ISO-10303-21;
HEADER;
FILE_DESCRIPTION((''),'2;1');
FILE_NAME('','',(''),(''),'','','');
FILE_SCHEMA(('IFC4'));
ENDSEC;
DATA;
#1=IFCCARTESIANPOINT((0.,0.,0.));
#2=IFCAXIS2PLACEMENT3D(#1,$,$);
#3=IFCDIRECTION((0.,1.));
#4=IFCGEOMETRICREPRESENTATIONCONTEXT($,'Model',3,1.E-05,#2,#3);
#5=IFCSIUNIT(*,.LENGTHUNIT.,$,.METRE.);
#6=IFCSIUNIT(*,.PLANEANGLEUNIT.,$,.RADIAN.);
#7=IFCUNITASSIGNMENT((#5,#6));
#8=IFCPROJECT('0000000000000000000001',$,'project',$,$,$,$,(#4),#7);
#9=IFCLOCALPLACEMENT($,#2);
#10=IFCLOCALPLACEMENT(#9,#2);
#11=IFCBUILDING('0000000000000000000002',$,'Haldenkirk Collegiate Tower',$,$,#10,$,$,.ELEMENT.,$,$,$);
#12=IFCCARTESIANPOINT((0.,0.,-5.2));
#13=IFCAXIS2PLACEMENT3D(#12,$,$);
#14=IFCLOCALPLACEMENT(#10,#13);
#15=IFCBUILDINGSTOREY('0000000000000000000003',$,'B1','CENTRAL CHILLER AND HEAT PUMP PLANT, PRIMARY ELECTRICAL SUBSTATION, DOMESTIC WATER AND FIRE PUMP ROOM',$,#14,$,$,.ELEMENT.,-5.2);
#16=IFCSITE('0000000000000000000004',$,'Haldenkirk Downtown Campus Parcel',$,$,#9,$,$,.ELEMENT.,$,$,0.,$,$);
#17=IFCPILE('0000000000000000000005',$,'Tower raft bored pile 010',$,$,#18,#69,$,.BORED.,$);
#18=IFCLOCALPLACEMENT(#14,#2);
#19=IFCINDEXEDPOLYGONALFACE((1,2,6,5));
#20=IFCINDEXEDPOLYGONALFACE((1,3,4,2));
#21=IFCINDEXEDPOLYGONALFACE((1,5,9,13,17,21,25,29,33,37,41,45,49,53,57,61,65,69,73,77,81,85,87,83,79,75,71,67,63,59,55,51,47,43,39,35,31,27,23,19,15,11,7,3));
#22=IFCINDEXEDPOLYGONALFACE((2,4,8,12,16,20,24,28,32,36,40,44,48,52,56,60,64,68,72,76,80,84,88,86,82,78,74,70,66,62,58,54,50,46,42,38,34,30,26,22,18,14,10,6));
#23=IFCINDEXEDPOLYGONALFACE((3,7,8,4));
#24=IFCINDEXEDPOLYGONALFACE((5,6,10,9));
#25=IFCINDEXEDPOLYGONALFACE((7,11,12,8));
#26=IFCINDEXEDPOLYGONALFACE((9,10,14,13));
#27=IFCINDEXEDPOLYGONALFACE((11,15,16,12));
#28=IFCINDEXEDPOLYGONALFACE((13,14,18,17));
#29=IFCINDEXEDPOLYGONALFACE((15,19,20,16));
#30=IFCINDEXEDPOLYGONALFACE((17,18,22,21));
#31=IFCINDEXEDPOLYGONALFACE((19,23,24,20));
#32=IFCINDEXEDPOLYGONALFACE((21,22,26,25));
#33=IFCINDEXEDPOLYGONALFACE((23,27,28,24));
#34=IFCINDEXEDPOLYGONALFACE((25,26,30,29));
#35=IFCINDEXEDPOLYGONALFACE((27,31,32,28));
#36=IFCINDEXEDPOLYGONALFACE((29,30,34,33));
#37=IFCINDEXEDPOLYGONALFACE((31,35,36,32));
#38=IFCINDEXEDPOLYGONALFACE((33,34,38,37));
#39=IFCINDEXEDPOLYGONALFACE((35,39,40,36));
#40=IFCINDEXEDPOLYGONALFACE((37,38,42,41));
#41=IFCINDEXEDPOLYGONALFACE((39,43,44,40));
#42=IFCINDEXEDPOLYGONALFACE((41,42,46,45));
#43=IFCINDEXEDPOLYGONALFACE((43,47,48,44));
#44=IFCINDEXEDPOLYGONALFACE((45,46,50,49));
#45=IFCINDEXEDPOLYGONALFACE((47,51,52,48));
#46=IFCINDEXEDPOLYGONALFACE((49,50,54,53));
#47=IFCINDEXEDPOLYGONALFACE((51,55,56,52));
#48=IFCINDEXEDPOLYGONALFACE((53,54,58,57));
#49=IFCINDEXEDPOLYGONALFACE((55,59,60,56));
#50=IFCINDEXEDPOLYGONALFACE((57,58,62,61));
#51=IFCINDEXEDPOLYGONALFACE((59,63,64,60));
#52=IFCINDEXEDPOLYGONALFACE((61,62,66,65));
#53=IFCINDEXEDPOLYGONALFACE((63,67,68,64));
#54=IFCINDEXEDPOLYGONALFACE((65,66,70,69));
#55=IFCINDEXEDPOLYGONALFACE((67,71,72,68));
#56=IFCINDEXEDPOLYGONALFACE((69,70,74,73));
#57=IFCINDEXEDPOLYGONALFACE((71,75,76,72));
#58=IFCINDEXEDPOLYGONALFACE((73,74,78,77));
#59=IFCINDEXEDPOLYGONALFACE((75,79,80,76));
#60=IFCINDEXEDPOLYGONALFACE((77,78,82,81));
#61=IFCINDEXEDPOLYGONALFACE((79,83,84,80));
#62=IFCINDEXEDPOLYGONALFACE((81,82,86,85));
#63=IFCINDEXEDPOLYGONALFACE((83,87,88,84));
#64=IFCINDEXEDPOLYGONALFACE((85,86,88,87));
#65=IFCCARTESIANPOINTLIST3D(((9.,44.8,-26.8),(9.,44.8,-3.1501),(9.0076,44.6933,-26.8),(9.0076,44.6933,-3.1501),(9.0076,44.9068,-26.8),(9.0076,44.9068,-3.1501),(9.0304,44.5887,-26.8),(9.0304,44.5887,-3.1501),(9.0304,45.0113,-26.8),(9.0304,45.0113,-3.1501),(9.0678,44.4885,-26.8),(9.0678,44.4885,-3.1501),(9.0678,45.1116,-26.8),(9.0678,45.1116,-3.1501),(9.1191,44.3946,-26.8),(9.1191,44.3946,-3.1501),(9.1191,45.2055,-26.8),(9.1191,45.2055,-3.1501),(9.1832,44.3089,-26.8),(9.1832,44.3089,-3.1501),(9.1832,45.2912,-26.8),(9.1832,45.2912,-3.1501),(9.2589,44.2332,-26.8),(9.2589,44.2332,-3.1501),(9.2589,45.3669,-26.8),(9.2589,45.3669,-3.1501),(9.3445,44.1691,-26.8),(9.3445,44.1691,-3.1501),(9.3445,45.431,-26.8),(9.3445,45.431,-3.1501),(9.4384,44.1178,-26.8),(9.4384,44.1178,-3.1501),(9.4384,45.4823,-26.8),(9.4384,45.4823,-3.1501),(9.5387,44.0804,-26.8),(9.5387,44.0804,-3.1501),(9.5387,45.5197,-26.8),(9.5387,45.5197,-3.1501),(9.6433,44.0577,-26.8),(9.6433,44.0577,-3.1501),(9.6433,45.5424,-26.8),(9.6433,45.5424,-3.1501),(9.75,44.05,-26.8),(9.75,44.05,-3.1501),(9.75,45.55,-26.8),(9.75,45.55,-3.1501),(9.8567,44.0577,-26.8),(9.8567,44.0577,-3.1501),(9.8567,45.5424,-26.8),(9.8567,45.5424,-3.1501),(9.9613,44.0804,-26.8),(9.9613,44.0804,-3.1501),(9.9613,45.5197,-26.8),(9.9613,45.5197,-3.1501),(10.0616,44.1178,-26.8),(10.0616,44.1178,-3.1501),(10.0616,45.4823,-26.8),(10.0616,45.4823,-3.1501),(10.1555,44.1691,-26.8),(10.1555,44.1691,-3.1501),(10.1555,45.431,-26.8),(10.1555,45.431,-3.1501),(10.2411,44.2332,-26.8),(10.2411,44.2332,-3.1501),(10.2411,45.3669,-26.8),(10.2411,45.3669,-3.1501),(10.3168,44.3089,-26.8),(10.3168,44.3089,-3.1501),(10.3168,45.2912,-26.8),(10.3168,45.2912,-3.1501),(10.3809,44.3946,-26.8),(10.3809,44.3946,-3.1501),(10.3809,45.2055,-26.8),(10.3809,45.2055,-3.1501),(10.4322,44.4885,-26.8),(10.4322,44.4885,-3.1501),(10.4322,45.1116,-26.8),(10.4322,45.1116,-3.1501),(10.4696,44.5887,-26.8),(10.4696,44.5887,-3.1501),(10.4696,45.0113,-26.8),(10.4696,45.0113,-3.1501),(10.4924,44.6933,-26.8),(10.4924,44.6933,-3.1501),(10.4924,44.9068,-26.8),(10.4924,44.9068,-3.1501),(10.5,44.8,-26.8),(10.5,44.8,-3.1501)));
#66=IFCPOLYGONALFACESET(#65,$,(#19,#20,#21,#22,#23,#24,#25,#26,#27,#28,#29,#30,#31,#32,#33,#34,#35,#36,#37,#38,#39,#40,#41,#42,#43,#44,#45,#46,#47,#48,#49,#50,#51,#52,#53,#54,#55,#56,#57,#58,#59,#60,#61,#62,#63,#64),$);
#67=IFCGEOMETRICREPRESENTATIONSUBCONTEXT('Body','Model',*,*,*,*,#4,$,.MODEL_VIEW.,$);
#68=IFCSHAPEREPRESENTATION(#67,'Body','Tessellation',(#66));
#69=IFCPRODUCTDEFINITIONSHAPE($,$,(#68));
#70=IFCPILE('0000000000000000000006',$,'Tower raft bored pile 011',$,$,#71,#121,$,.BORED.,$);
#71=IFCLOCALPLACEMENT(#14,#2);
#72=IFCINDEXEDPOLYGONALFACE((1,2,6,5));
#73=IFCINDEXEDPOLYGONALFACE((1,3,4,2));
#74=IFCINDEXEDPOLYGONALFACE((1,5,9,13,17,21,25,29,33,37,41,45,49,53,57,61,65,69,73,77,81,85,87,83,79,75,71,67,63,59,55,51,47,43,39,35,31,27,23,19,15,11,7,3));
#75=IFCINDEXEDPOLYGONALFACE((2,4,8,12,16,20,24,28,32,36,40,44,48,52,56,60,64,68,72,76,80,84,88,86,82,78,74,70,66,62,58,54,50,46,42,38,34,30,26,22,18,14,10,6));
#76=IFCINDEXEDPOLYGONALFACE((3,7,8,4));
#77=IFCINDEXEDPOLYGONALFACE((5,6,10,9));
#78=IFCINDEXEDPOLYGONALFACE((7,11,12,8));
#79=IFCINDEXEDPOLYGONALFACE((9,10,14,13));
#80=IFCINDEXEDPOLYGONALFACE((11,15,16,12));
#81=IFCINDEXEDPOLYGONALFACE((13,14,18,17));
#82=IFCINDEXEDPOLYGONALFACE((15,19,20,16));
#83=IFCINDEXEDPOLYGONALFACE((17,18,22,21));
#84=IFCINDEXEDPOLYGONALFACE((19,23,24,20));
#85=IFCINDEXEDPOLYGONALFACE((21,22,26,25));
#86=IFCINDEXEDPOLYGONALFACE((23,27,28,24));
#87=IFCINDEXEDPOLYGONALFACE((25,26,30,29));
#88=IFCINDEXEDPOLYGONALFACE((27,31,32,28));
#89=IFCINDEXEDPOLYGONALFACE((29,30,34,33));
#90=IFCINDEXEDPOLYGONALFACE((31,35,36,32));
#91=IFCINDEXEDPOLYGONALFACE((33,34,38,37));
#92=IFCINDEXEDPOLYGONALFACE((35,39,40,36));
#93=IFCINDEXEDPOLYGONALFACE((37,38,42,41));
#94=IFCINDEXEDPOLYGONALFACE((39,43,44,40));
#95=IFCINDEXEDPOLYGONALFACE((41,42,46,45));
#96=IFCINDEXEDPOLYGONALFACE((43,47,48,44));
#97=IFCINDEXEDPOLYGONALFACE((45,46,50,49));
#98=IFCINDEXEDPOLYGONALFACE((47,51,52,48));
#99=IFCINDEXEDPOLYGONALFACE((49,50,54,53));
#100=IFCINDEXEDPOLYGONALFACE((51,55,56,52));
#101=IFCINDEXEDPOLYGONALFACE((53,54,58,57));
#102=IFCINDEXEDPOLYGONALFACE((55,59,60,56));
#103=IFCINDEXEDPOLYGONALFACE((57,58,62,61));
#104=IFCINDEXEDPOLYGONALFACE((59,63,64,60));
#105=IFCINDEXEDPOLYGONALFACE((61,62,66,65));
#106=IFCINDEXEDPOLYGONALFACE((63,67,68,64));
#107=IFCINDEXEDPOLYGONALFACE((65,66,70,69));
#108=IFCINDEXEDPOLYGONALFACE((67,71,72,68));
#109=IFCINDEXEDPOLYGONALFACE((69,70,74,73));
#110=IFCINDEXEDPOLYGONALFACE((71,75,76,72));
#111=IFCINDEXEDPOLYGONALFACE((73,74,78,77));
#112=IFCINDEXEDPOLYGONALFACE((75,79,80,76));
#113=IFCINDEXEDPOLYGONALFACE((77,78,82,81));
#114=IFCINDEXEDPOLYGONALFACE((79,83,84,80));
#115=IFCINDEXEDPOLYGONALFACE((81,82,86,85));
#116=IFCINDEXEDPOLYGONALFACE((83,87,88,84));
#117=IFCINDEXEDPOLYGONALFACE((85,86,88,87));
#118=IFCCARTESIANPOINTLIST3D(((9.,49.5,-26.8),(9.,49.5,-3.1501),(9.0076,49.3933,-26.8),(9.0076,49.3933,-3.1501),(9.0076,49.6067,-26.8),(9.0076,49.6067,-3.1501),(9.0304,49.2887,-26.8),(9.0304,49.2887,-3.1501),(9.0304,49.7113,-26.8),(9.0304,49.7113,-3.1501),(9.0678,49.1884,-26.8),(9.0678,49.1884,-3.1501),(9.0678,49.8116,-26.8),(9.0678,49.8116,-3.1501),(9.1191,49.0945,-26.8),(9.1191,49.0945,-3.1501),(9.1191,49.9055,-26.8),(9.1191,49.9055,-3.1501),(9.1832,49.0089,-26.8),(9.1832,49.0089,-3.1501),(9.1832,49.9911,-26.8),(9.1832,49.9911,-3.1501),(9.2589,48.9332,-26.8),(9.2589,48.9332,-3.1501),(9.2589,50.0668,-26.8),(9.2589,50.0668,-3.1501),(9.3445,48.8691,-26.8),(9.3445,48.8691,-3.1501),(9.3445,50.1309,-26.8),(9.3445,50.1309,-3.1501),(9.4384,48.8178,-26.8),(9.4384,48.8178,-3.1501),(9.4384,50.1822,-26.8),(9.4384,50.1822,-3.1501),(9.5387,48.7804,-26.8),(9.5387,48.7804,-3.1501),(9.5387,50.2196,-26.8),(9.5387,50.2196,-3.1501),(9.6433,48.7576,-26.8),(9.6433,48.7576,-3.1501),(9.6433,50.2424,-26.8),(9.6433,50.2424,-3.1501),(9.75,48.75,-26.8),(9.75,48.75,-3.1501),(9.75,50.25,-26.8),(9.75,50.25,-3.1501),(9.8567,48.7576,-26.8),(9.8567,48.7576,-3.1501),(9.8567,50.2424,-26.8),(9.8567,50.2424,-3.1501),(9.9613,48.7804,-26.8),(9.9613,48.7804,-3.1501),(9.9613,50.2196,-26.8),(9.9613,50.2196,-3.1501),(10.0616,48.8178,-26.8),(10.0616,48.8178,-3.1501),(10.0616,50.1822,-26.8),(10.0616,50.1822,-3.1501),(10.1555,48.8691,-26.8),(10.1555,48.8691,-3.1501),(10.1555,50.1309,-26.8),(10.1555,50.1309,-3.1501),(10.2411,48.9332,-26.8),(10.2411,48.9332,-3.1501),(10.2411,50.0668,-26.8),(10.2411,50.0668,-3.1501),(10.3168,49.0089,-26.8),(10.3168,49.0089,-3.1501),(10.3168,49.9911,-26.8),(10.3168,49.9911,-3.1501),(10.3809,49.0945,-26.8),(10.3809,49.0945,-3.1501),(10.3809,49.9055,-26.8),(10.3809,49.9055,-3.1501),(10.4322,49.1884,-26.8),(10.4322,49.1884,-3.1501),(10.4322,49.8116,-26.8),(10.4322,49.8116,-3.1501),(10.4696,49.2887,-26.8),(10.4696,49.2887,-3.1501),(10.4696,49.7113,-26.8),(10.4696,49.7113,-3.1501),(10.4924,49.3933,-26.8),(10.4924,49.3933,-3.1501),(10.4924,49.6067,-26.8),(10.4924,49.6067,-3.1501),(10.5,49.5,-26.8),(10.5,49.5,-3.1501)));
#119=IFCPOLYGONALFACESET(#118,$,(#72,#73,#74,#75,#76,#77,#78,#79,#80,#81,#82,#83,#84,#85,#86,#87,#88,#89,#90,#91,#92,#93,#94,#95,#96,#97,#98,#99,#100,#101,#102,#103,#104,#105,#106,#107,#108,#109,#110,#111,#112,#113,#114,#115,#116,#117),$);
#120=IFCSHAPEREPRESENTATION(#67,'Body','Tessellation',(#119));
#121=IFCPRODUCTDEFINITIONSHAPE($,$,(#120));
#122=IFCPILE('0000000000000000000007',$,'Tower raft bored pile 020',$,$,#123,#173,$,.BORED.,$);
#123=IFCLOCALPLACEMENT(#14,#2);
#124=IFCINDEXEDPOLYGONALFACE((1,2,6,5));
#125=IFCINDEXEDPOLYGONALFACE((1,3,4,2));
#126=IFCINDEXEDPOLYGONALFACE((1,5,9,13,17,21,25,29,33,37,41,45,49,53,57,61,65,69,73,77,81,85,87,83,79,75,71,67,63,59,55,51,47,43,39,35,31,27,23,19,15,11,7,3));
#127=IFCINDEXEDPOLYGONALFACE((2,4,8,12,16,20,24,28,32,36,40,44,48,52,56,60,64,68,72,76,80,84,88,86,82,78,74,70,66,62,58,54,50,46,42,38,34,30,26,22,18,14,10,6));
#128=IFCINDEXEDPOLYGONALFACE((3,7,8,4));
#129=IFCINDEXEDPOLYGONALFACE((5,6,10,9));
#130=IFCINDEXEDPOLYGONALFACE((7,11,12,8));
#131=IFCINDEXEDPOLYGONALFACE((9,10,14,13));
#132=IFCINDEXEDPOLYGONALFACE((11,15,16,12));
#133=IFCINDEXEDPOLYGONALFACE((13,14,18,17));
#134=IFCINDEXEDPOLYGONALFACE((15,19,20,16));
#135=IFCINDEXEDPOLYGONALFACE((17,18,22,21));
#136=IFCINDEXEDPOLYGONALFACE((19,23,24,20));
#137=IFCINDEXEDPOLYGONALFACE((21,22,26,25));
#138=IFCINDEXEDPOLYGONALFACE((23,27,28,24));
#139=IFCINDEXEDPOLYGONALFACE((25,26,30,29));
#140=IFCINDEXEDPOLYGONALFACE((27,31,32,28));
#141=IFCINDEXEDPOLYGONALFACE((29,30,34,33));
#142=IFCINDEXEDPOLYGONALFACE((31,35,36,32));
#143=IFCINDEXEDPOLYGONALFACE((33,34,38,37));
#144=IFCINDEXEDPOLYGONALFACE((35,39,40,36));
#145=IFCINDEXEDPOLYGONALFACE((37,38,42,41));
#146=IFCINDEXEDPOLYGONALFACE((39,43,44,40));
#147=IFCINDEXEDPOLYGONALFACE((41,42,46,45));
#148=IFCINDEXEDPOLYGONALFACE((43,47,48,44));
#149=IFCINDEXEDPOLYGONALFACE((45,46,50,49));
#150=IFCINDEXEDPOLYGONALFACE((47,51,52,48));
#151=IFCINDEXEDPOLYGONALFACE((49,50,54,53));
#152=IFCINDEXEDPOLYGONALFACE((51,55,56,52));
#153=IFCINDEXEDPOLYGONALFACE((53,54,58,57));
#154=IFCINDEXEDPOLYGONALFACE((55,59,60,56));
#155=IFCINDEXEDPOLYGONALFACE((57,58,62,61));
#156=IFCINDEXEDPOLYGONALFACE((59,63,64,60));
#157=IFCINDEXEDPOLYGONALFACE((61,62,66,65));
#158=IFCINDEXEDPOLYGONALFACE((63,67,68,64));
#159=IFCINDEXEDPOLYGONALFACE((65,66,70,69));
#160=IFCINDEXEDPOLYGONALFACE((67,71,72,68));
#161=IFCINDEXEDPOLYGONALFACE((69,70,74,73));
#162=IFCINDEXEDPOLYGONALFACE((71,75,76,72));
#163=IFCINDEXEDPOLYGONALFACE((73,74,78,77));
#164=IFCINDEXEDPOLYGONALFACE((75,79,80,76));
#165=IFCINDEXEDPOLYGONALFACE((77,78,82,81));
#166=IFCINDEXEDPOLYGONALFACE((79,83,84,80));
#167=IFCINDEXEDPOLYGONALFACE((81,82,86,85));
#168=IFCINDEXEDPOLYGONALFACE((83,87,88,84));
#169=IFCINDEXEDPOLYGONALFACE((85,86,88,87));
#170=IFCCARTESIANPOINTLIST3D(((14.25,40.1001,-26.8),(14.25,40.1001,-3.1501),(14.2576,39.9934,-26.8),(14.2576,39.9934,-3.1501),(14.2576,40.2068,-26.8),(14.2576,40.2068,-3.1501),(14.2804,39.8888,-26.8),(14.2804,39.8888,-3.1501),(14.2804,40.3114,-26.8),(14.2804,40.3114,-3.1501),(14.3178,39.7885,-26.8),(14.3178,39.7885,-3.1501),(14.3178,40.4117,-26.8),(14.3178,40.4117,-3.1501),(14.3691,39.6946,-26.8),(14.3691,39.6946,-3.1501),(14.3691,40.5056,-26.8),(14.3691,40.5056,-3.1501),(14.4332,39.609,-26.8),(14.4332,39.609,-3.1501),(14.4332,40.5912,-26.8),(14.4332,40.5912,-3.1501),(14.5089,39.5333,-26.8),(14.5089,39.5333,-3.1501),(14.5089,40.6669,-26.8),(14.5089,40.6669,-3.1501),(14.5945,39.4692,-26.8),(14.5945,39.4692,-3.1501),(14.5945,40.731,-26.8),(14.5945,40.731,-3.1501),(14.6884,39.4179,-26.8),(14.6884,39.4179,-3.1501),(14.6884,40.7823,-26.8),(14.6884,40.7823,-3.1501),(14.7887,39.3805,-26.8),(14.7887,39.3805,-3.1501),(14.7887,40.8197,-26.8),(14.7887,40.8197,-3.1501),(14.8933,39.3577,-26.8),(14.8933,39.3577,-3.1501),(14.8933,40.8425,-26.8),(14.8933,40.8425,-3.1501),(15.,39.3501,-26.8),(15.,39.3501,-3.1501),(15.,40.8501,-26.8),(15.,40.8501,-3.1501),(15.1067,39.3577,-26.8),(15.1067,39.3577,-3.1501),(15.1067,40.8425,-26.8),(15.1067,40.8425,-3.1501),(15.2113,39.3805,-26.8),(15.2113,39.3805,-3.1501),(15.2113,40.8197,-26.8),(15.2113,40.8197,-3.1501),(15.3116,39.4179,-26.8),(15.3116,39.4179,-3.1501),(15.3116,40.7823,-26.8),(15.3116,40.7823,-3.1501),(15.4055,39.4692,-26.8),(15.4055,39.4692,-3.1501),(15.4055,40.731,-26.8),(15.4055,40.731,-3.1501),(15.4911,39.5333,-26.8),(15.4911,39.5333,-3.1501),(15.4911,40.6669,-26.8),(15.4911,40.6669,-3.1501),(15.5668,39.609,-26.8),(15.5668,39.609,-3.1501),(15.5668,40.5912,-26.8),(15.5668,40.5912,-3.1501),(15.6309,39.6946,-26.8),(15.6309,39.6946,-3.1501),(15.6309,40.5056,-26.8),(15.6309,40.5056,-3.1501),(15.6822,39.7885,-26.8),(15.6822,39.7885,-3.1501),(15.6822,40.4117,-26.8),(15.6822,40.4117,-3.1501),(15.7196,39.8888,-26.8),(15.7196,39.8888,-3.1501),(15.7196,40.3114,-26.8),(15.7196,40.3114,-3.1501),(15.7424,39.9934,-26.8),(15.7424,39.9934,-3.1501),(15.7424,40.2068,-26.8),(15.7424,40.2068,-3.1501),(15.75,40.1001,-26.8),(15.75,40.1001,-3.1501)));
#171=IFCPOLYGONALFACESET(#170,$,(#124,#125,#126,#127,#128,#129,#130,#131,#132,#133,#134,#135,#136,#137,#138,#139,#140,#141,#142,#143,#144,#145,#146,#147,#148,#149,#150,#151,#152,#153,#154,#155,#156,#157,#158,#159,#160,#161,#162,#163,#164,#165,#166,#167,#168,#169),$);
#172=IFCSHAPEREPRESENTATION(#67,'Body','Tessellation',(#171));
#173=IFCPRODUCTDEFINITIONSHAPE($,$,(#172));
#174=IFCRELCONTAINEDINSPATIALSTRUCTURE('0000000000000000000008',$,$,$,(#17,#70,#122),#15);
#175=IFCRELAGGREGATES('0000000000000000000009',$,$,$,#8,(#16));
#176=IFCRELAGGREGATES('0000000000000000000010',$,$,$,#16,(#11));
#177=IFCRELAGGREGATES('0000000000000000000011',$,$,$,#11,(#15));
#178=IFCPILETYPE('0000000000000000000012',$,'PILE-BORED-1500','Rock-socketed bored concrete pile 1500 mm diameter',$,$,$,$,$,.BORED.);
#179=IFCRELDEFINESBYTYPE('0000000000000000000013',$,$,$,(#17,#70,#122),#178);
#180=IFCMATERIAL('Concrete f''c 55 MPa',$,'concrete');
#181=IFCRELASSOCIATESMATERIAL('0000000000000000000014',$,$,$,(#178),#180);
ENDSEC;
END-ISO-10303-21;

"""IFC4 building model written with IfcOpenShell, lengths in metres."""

from ifc_helpers import new_model, si_unit, direction, frame, origin, origin_2d, place, context, subcontext, project, spatial, circle, extrude, material, material_profile, profile_set, type_object, element, save


model = new_model("IFC4")

# Units and contexts
model_context = context("Model", 3, precision=1e-05, world=origin(), true_north=direction((0.0, 1.0)))
body_context = subcontext(model_context, "Body", "Model", "MODEL_VIEW")
ifc_project = project(units=[si_unit("LENGTHUNIT", "METRE"), si_unit("PLANEANGLEUNIT", "RADIAN")], contexts=[model_context])

# Site, building, storey
site_placement = place(None, origin())
site = spatial("IfcSite", under=ifc_project, at=site_placement, Name="Haldenkirk Downtown Campus Parcel", CompositionType="ELEMENT", RefElevation=0.0)
building_placement = place(site_placement, origin())
building = spatial("IfcBuilding", under=site, at=building_placement, Name="Haldenkirk Collegiate Tower", CompositionType="ELEMENT")
storey_placement = place(building_placement, frame((0.0, 0.0, -5.2)))
storey = spatial("IfcBuildingStorey", under=building, at=storey_placement, Name="B1", Description="CENTRAL CHILLER AND HEAT PUMP PLANT, PRIMARY ELECTRICAL SUBSTATION, DOMESTIC WATER AND FIRE PUMP ROOM", CompositionType="ELEMENT", Elevation=-5.2)

# Shared definitions
ifc_material_1 = material(Name="Concrete f'c 55 MPa", Category="concrete")

# Piles
ifc_material_profile_1 = material_profile(ifc_material_1, circle(Radius=0.75, at=origin_2d()), Name="PILE1500")
ifc_profile_set_1 = profile_set([ifc_material_profile_1], Name="Concrete f'c 55 MPa")
pile_type_1 = type_object("IfcPileType", Name="PILE-BORED-1500", Description="Rock-socketed bored concrete pile 1500 mm diameter", PredefinedType="BORED", material=ifc_profile_set_1)
for number, where, z_axis, x_axis, name in (
    (1, (9.75, 44.8, -3.1501), (0.0, 0.0, -1.0), (1.0, 0.0, 0.0), "Tower raft bored pile 010"),
    (2, (9.75, 49.5, -3.1501), (0.0, 0.0, -1.0), (1.0, 0.0, 0.0), "Tower raft bored pile 011"),
    (3, (15.0, 40.1001, -3.1501), (0.0, 0.0, -1.0), (1.0, 0.0, 0.0), "Tower raft bored pile 020"),
):
    element("IfcPile", number, at=place(storey_placement, frame(where, z_axis=z_axis, x_axis=x_axis)), inside=storey, type_object=pile_type_1, Name=name, PredefinedType="BORED", context=body_context, shape_type="SweptSolid", body=[
        extrude(circle(Radius=0.75, at=origin_2d()), origin(), (0.0, 0.0, 1.0), 23.6499),
    ])

save(model, "model.ifc")
